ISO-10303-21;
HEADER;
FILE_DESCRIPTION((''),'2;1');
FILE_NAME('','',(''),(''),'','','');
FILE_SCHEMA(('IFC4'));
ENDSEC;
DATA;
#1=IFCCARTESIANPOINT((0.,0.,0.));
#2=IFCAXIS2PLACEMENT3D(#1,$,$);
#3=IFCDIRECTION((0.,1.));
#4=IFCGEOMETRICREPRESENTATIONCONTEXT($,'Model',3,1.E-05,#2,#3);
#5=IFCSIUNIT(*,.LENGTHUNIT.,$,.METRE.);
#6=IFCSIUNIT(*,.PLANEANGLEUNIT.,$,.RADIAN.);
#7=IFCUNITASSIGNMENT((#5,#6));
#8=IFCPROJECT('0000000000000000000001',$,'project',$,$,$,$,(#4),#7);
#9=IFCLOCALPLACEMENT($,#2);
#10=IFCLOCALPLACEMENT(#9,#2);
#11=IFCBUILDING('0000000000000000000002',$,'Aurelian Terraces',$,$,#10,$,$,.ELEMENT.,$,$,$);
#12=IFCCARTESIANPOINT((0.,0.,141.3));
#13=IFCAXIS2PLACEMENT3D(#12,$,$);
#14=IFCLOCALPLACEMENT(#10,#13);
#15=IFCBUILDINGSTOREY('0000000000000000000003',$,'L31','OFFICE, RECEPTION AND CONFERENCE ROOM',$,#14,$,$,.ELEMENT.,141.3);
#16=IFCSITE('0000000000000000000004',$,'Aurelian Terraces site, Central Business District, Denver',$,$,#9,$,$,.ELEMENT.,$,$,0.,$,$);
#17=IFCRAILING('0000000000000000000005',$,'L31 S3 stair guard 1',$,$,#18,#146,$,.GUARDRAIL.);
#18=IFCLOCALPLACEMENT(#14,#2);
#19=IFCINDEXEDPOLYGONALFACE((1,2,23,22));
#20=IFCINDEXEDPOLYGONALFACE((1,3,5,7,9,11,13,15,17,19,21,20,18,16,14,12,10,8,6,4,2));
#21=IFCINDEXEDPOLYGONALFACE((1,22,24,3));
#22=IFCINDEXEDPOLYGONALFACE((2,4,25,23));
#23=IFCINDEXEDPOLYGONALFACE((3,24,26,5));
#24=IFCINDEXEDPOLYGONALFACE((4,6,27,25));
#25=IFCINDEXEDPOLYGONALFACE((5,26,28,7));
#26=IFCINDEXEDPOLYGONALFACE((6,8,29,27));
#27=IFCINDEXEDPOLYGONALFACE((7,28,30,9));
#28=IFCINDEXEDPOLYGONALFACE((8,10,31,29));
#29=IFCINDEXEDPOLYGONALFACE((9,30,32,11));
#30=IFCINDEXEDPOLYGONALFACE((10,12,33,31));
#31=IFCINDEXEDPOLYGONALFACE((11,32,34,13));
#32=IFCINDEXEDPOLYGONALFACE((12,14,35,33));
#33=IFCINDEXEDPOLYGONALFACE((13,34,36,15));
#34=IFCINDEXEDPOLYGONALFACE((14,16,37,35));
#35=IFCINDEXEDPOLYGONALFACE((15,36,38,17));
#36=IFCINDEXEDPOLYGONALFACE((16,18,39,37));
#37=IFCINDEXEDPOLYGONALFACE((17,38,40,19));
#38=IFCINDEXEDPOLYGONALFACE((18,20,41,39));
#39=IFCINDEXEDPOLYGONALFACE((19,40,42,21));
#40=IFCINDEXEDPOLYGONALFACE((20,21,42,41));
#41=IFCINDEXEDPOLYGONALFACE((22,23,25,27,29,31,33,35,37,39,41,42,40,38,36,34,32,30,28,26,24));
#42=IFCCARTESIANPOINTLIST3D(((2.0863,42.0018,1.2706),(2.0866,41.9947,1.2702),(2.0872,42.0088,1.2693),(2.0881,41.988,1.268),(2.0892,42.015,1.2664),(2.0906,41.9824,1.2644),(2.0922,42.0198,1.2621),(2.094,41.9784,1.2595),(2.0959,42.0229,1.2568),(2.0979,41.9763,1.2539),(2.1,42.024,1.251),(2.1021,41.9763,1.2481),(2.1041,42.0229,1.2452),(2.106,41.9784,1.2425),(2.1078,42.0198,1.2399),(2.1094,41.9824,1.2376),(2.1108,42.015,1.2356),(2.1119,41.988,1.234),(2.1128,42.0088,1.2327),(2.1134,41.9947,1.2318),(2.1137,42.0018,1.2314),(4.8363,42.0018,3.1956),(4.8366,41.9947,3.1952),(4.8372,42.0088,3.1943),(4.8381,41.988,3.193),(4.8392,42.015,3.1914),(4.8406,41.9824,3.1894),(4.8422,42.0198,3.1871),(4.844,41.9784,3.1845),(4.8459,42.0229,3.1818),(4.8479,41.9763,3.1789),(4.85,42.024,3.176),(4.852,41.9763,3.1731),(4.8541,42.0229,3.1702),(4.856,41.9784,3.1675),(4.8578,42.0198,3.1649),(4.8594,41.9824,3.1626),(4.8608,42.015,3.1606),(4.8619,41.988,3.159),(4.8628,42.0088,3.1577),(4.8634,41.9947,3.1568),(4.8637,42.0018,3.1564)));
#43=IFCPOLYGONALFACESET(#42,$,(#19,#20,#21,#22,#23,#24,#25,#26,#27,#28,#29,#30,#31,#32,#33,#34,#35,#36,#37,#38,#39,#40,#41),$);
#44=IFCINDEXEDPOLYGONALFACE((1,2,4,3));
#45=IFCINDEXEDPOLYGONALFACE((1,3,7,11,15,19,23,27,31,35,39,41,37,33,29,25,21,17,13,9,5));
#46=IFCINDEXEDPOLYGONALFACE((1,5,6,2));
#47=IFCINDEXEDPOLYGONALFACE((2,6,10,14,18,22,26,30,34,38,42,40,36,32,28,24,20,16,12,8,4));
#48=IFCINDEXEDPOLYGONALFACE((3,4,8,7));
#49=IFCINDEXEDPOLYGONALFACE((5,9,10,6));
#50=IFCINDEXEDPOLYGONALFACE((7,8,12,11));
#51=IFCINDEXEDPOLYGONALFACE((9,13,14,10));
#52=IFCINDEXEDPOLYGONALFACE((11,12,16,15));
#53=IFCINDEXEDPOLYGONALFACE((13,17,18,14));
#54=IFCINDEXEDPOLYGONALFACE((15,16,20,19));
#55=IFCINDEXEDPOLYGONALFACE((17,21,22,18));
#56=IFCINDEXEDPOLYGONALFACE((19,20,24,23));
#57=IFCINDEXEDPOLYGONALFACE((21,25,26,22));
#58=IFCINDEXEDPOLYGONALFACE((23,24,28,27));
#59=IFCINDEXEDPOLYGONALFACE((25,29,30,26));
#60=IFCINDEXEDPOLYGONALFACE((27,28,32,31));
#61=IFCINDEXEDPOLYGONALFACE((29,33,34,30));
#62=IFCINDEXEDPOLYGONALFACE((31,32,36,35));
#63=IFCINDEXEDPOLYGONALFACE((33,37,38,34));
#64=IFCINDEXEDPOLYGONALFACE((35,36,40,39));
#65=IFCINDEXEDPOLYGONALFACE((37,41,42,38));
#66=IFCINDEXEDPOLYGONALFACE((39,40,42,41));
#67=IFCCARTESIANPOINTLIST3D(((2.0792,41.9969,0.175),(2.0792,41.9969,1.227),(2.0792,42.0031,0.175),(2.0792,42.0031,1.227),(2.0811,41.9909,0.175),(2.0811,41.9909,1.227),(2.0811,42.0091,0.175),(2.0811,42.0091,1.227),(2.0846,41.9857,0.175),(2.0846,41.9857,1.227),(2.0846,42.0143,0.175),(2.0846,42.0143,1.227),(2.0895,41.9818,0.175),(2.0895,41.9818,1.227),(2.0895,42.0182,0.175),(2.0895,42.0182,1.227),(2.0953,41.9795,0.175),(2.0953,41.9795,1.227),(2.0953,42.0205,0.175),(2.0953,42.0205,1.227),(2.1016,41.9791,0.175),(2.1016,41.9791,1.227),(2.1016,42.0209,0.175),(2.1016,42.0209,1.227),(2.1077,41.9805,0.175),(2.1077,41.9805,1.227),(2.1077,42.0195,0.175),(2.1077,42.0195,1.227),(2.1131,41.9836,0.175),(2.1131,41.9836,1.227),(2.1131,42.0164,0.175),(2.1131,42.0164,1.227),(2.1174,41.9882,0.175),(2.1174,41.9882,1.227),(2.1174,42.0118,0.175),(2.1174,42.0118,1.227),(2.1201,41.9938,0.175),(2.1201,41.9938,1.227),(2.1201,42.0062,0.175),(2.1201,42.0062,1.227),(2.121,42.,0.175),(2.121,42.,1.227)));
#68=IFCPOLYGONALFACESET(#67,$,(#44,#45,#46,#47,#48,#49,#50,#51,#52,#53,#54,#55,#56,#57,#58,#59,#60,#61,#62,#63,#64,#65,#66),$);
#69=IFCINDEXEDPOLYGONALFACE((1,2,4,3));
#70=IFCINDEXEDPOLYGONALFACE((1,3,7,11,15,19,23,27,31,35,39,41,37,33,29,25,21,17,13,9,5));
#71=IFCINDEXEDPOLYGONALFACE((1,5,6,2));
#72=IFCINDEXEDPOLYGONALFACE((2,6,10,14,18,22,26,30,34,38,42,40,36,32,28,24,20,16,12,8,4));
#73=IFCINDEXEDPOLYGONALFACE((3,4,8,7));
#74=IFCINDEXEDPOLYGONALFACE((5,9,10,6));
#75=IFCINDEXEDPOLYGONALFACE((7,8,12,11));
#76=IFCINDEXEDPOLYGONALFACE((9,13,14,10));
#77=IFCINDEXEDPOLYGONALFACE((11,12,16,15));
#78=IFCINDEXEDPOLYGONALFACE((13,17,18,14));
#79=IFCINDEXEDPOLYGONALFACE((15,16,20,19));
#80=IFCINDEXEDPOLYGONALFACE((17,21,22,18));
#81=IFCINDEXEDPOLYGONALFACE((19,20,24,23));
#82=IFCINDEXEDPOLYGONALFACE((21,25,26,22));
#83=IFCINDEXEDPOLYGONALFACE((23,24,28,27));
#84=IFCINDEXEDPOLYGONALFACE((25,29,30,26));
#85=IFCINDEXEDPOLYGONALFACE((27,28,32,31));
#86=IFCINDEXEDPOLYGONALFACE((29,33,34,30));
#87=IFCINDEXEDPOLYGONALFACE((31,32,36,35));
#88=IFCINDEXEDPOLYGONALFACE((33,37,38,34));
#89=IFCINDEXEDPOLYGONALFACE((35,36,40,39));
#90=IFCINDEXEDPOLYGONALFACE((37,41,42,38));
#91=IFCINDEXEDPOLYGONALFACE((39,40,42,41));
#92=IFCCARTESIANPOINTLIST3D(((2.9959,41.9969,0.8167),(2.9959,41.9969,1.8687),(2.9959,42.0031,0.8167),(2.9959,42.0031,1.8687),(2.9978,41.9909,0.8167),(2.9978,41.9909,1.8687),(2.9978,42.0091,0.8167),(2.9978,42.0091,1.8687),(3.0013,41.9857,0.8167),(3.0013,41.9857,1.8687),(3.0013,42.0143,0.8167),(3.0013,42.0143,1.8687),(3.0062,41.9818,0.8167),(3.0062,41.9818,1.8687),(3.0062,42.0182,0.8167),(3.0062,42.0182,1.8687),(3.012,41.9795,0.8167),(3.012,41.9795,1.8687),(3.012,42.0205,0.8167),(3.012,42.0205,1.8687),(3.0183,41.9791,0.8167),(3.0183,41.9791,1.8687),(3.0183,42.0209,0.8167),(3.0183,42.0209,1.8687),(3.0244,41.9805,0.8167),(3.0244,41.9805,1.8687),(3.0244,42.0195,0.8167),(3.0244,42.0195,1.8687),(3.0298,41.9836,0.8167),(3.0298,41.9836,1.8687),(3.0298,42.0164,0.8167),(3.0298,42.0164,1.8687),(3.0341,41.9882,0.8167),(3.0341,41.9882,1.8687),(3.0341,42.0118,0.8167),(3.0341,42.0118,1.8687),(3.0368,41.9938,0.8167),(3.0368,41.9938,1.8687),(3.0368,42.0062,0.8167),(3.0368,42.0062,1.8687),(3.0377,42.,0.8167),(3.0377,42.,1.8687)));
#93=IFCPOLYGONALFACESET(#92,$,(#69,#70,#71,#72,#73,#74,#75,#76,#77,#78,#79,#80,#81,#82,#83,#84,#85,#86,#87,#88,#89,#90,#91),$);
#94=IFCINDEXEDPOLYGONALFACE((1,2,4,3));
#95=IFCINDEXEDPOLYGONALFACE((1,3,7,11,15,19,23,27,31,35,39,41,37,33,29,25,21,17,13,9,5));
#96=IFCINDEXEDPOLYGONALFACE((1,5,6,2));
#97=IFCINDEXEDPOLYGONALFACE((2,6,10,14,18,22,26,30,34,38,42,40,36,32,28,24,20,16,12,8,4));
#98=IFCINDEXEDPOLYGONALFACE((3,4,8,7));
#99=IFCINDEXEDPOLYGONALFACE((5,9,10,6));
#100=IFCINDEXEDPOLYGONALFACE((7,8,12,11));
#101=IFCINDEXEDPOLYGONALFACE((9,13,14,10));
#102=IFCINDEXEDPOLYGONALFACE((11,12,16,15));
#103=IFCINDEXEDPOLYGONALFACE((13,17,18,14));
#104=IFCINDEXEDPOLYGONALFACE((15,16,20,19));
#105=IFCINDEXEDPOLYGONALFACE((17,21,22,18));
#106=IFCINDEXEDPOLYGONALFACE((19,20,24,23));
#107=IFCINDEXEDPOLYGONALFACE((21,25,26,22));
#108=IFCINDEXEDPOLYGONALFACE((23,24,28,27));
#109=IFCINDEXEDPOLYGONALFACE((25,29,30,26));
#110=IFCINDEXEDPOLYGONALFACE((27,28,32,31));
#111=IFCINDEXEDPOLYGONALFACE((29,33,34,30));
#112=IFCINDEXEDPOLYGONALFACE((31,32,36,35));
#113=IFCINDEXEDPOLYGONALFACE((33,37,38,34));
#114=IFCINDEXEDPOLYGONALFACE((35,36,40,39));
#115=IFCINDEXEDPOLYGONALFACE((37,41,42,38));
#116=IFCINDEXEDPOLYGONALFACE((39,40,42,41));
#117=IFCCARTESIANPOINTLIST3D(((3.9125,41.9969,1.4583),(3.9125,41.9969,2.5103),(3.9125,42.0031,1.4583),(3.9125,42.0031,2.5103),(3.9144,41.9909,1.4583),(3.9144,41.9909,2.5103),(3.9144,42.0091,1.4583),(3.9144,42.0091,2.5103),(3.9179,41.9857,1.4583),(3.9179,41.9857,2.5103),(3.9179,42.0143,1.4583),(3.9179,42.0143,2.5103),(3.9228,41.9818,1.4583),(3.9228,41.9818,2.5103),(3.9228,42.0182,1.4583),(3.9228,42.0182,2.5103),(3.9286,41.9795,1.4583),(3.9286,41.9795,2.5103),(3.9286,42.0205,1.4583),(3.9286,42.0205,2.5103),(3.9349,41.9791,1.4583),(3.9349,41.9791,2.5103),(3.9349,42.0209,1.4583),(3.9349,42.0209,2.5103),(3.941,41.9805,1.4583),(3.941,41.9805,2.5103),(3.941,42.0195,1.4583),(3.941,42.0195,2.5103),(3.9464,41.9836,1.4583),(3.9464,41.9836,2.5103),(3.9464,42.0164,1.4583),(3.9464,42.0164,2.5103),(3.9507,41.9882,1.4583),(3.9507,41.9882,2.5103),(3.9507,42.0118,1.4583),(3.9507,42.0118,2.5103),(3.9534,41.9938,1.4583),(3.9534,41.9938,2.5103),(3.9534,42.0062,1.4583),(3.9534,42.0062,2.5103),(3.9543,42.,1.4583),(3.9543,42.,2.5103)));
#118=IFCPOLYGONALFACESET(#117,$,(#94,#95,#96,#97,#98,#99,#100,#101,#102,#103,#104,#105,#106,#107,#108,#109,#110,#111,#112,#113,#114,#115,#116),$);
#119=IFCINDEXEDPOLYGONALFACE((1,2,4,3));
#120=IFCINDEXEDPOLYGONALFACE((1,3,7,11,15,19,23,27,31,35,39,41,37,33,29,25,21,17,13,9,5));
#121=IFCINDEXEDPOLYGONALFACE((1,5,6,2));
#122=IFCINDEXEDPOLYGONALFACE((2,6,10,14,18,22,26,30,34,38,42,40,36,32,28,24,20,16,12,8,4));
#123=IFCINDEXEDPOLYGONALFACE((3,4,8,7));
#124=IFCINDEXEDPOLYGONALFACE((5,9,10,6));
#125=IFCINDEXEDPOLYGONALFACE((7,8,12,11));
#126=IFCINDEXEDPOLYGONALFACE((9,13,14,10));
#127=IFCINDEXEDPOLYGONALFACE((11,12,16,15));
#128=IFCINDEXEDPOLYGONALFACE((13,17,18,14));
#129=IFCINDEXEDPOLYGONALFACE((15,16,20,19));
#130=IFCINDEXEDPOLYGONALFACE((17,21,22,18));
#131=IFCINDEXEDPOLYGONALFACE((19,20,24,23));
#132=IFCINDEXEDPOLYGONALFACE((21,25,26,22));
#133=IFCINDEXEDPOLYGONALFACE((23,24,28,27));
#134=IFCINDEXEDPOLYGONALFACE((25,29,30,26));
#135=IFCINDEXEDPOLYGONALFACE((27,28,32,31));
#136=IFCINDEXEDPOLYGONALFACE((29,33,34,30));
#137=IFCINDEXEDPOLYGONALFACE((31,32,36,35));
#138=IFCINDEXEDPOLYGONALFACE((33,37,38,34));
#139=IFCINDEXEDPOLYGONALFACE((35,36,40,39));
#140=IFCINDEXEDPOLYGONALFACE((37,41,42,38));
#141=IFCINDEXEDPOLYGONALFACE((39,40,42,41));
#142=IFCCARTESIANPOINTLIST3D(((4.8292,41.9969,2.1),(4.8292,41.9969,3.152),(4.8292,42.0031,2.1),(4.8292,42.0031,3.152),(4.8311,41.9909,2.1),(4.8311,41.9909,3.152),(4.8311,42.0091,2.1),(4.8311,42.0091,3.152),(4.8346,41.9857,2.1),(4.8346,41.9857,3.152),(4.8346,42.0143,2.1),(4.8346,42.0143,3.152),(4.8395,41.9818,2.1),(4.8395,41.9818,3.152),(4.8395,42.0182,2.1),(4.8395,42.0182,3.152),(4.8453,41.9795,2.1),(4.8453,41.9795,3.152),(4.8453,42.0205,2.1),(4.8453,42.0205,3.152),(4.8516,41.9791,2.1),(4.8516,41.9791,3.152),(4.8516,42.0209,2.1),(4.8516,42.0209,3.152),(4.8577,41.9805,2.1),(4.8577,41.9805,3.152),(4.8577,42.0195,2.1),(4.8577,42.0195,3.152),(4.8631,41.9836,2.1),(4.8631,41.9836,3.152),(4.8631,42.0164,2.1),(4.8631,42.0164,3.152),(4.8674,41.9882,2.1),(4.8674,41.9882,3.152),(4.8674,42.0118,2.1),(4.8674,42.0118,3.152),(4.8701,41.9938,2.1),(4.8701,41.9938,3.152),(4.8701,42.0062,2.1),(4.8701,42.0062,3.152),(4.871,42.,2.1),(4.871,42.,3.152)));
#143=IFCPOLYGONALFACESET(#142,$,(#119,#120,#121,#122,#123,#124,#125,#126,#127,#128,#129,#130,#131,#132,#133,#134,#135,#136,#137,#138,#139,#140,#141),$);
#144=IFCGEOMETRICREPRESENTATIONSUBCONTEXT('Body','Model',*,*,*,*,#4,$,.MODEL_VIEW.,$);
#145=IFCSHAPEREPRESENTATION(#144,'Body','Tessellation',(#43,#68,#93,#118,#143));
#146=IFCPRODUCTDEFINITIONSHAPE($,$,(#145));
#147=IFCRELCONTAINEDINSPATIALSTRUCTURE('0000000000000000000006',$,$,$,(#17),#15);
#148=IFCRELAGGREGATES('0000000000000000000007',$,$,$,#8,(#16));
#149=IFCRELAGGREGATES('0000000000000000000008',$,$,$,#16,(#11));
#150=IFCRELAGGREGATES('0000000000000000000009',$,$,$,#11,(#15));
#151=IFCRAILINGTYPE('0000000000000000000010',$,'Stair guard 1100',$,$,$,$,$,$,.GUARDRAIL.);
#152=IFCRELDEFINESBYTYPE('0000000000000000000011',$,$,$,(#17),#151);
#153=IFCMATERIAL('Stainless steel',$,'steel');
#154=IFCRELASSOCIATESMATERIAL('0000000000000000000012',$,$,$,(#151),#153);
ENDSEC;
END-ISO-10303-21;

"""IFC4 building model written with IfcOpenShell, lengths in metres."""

from ifc_helpers import new_model, si_unit, direction, frame, origin, origin_2d, place, context, subcontext, project, spatial, circle, extrude, source, transform, mapped, material, type_object, element, save


model = new_model("IFC4")

# Units and contexts
model_context = context("Model", 3, precision=1e-05, world=origin(), true_north=direction((0.0, 1.0)))
body_context = subcontext(model_context, "Body", "Model", "MODEL_VIEW")
ifc_project = project(units=[si_unit("LENGTHUNIT", "METRE"), si_unit("PLANEANGLEUNIT", "RADIAN")], contexts=[model_context])

# Site, building, storey
site_placement = place(None, origin())
site = spatial("IfcSite", under=ifc_project, at=site_placement, Name="Aurelian Terraces site, Central Business District, Denver", CompositionType="ELEMENT", RefElevation=0.0)
building_placement = place(site_placement, origin())
building = spatial("IfcBuilding", under=site, at=building_placement, Name="Aurelian Terraces", CompositionType="ELEMENT")
storey_placement = place(building_placement, frame((0.0, 0.0, 141.3)))
storey = spatial("IfcBuildingStorey", under=building, at=storey_placement, Name="L31", Description="OFFICE, RECEPTION AND CONFERENCE ROOM", CompositionType="ELEMENT", Elevation=141.3)

# Railing
ifc_material_1 = material(Name="Stainless steel", Category="steel")
railing_type_1 = type_object("IfcRailingType", Name="Stair guard 1100", PredefinedType="GUARDRAIL", material=ifc_material_1)
shared_shape_1 = source(origin(), body_context, "Body", "SweptSolid", [
    extrude(circle(Radius=0.024, at=origin_2d()), frame((0.0, 0.0, 1.076), z_axis=(0.819232, 0.0, 0.573462), x_axis=(0.0, 1.0, 0.0)), (0.0, 0.0, 1.0), 3.3568),
    extrude(circle(Radius=0.021, at=origin_2d()), origin(), (0.0, 0.0, 1.0), 1.052),
    extrude(circle(Radius=0.021, at=origin_2d()), frame((0.9167, 0.0, 0.6417)), (0.0, 0.0, 1.0), 1.052),
    extrude(circle(Radius=0.021, at=origin_2d()), frame((1.8333, 0.0, 1.2833)), (0.0, 0.0, 1.0), 1.052),
    extrude(circle(Radius=0.021, at=origin_2d()), frame((2.75, 0.0, 1.925)), (0.0, 0.0, 1.0), 1.052),
])
railing_1_placement = place(storey_placement, frame((2.1, 42.0, 0.175)))
element("IfcRailing", 1, at=railing_1_placement, inside=storey, type_object=railing_type_1, Name="L31 S3 stair guard 1", PredefinedType="GUARDRAIL", context=body_context, shape_type="MappedRepresentation", body=[
    mapped(shared_shape_1, transform((0.0, 0.0, 0.0), scale=1.0)),
])

save(model, "model.ifc")
